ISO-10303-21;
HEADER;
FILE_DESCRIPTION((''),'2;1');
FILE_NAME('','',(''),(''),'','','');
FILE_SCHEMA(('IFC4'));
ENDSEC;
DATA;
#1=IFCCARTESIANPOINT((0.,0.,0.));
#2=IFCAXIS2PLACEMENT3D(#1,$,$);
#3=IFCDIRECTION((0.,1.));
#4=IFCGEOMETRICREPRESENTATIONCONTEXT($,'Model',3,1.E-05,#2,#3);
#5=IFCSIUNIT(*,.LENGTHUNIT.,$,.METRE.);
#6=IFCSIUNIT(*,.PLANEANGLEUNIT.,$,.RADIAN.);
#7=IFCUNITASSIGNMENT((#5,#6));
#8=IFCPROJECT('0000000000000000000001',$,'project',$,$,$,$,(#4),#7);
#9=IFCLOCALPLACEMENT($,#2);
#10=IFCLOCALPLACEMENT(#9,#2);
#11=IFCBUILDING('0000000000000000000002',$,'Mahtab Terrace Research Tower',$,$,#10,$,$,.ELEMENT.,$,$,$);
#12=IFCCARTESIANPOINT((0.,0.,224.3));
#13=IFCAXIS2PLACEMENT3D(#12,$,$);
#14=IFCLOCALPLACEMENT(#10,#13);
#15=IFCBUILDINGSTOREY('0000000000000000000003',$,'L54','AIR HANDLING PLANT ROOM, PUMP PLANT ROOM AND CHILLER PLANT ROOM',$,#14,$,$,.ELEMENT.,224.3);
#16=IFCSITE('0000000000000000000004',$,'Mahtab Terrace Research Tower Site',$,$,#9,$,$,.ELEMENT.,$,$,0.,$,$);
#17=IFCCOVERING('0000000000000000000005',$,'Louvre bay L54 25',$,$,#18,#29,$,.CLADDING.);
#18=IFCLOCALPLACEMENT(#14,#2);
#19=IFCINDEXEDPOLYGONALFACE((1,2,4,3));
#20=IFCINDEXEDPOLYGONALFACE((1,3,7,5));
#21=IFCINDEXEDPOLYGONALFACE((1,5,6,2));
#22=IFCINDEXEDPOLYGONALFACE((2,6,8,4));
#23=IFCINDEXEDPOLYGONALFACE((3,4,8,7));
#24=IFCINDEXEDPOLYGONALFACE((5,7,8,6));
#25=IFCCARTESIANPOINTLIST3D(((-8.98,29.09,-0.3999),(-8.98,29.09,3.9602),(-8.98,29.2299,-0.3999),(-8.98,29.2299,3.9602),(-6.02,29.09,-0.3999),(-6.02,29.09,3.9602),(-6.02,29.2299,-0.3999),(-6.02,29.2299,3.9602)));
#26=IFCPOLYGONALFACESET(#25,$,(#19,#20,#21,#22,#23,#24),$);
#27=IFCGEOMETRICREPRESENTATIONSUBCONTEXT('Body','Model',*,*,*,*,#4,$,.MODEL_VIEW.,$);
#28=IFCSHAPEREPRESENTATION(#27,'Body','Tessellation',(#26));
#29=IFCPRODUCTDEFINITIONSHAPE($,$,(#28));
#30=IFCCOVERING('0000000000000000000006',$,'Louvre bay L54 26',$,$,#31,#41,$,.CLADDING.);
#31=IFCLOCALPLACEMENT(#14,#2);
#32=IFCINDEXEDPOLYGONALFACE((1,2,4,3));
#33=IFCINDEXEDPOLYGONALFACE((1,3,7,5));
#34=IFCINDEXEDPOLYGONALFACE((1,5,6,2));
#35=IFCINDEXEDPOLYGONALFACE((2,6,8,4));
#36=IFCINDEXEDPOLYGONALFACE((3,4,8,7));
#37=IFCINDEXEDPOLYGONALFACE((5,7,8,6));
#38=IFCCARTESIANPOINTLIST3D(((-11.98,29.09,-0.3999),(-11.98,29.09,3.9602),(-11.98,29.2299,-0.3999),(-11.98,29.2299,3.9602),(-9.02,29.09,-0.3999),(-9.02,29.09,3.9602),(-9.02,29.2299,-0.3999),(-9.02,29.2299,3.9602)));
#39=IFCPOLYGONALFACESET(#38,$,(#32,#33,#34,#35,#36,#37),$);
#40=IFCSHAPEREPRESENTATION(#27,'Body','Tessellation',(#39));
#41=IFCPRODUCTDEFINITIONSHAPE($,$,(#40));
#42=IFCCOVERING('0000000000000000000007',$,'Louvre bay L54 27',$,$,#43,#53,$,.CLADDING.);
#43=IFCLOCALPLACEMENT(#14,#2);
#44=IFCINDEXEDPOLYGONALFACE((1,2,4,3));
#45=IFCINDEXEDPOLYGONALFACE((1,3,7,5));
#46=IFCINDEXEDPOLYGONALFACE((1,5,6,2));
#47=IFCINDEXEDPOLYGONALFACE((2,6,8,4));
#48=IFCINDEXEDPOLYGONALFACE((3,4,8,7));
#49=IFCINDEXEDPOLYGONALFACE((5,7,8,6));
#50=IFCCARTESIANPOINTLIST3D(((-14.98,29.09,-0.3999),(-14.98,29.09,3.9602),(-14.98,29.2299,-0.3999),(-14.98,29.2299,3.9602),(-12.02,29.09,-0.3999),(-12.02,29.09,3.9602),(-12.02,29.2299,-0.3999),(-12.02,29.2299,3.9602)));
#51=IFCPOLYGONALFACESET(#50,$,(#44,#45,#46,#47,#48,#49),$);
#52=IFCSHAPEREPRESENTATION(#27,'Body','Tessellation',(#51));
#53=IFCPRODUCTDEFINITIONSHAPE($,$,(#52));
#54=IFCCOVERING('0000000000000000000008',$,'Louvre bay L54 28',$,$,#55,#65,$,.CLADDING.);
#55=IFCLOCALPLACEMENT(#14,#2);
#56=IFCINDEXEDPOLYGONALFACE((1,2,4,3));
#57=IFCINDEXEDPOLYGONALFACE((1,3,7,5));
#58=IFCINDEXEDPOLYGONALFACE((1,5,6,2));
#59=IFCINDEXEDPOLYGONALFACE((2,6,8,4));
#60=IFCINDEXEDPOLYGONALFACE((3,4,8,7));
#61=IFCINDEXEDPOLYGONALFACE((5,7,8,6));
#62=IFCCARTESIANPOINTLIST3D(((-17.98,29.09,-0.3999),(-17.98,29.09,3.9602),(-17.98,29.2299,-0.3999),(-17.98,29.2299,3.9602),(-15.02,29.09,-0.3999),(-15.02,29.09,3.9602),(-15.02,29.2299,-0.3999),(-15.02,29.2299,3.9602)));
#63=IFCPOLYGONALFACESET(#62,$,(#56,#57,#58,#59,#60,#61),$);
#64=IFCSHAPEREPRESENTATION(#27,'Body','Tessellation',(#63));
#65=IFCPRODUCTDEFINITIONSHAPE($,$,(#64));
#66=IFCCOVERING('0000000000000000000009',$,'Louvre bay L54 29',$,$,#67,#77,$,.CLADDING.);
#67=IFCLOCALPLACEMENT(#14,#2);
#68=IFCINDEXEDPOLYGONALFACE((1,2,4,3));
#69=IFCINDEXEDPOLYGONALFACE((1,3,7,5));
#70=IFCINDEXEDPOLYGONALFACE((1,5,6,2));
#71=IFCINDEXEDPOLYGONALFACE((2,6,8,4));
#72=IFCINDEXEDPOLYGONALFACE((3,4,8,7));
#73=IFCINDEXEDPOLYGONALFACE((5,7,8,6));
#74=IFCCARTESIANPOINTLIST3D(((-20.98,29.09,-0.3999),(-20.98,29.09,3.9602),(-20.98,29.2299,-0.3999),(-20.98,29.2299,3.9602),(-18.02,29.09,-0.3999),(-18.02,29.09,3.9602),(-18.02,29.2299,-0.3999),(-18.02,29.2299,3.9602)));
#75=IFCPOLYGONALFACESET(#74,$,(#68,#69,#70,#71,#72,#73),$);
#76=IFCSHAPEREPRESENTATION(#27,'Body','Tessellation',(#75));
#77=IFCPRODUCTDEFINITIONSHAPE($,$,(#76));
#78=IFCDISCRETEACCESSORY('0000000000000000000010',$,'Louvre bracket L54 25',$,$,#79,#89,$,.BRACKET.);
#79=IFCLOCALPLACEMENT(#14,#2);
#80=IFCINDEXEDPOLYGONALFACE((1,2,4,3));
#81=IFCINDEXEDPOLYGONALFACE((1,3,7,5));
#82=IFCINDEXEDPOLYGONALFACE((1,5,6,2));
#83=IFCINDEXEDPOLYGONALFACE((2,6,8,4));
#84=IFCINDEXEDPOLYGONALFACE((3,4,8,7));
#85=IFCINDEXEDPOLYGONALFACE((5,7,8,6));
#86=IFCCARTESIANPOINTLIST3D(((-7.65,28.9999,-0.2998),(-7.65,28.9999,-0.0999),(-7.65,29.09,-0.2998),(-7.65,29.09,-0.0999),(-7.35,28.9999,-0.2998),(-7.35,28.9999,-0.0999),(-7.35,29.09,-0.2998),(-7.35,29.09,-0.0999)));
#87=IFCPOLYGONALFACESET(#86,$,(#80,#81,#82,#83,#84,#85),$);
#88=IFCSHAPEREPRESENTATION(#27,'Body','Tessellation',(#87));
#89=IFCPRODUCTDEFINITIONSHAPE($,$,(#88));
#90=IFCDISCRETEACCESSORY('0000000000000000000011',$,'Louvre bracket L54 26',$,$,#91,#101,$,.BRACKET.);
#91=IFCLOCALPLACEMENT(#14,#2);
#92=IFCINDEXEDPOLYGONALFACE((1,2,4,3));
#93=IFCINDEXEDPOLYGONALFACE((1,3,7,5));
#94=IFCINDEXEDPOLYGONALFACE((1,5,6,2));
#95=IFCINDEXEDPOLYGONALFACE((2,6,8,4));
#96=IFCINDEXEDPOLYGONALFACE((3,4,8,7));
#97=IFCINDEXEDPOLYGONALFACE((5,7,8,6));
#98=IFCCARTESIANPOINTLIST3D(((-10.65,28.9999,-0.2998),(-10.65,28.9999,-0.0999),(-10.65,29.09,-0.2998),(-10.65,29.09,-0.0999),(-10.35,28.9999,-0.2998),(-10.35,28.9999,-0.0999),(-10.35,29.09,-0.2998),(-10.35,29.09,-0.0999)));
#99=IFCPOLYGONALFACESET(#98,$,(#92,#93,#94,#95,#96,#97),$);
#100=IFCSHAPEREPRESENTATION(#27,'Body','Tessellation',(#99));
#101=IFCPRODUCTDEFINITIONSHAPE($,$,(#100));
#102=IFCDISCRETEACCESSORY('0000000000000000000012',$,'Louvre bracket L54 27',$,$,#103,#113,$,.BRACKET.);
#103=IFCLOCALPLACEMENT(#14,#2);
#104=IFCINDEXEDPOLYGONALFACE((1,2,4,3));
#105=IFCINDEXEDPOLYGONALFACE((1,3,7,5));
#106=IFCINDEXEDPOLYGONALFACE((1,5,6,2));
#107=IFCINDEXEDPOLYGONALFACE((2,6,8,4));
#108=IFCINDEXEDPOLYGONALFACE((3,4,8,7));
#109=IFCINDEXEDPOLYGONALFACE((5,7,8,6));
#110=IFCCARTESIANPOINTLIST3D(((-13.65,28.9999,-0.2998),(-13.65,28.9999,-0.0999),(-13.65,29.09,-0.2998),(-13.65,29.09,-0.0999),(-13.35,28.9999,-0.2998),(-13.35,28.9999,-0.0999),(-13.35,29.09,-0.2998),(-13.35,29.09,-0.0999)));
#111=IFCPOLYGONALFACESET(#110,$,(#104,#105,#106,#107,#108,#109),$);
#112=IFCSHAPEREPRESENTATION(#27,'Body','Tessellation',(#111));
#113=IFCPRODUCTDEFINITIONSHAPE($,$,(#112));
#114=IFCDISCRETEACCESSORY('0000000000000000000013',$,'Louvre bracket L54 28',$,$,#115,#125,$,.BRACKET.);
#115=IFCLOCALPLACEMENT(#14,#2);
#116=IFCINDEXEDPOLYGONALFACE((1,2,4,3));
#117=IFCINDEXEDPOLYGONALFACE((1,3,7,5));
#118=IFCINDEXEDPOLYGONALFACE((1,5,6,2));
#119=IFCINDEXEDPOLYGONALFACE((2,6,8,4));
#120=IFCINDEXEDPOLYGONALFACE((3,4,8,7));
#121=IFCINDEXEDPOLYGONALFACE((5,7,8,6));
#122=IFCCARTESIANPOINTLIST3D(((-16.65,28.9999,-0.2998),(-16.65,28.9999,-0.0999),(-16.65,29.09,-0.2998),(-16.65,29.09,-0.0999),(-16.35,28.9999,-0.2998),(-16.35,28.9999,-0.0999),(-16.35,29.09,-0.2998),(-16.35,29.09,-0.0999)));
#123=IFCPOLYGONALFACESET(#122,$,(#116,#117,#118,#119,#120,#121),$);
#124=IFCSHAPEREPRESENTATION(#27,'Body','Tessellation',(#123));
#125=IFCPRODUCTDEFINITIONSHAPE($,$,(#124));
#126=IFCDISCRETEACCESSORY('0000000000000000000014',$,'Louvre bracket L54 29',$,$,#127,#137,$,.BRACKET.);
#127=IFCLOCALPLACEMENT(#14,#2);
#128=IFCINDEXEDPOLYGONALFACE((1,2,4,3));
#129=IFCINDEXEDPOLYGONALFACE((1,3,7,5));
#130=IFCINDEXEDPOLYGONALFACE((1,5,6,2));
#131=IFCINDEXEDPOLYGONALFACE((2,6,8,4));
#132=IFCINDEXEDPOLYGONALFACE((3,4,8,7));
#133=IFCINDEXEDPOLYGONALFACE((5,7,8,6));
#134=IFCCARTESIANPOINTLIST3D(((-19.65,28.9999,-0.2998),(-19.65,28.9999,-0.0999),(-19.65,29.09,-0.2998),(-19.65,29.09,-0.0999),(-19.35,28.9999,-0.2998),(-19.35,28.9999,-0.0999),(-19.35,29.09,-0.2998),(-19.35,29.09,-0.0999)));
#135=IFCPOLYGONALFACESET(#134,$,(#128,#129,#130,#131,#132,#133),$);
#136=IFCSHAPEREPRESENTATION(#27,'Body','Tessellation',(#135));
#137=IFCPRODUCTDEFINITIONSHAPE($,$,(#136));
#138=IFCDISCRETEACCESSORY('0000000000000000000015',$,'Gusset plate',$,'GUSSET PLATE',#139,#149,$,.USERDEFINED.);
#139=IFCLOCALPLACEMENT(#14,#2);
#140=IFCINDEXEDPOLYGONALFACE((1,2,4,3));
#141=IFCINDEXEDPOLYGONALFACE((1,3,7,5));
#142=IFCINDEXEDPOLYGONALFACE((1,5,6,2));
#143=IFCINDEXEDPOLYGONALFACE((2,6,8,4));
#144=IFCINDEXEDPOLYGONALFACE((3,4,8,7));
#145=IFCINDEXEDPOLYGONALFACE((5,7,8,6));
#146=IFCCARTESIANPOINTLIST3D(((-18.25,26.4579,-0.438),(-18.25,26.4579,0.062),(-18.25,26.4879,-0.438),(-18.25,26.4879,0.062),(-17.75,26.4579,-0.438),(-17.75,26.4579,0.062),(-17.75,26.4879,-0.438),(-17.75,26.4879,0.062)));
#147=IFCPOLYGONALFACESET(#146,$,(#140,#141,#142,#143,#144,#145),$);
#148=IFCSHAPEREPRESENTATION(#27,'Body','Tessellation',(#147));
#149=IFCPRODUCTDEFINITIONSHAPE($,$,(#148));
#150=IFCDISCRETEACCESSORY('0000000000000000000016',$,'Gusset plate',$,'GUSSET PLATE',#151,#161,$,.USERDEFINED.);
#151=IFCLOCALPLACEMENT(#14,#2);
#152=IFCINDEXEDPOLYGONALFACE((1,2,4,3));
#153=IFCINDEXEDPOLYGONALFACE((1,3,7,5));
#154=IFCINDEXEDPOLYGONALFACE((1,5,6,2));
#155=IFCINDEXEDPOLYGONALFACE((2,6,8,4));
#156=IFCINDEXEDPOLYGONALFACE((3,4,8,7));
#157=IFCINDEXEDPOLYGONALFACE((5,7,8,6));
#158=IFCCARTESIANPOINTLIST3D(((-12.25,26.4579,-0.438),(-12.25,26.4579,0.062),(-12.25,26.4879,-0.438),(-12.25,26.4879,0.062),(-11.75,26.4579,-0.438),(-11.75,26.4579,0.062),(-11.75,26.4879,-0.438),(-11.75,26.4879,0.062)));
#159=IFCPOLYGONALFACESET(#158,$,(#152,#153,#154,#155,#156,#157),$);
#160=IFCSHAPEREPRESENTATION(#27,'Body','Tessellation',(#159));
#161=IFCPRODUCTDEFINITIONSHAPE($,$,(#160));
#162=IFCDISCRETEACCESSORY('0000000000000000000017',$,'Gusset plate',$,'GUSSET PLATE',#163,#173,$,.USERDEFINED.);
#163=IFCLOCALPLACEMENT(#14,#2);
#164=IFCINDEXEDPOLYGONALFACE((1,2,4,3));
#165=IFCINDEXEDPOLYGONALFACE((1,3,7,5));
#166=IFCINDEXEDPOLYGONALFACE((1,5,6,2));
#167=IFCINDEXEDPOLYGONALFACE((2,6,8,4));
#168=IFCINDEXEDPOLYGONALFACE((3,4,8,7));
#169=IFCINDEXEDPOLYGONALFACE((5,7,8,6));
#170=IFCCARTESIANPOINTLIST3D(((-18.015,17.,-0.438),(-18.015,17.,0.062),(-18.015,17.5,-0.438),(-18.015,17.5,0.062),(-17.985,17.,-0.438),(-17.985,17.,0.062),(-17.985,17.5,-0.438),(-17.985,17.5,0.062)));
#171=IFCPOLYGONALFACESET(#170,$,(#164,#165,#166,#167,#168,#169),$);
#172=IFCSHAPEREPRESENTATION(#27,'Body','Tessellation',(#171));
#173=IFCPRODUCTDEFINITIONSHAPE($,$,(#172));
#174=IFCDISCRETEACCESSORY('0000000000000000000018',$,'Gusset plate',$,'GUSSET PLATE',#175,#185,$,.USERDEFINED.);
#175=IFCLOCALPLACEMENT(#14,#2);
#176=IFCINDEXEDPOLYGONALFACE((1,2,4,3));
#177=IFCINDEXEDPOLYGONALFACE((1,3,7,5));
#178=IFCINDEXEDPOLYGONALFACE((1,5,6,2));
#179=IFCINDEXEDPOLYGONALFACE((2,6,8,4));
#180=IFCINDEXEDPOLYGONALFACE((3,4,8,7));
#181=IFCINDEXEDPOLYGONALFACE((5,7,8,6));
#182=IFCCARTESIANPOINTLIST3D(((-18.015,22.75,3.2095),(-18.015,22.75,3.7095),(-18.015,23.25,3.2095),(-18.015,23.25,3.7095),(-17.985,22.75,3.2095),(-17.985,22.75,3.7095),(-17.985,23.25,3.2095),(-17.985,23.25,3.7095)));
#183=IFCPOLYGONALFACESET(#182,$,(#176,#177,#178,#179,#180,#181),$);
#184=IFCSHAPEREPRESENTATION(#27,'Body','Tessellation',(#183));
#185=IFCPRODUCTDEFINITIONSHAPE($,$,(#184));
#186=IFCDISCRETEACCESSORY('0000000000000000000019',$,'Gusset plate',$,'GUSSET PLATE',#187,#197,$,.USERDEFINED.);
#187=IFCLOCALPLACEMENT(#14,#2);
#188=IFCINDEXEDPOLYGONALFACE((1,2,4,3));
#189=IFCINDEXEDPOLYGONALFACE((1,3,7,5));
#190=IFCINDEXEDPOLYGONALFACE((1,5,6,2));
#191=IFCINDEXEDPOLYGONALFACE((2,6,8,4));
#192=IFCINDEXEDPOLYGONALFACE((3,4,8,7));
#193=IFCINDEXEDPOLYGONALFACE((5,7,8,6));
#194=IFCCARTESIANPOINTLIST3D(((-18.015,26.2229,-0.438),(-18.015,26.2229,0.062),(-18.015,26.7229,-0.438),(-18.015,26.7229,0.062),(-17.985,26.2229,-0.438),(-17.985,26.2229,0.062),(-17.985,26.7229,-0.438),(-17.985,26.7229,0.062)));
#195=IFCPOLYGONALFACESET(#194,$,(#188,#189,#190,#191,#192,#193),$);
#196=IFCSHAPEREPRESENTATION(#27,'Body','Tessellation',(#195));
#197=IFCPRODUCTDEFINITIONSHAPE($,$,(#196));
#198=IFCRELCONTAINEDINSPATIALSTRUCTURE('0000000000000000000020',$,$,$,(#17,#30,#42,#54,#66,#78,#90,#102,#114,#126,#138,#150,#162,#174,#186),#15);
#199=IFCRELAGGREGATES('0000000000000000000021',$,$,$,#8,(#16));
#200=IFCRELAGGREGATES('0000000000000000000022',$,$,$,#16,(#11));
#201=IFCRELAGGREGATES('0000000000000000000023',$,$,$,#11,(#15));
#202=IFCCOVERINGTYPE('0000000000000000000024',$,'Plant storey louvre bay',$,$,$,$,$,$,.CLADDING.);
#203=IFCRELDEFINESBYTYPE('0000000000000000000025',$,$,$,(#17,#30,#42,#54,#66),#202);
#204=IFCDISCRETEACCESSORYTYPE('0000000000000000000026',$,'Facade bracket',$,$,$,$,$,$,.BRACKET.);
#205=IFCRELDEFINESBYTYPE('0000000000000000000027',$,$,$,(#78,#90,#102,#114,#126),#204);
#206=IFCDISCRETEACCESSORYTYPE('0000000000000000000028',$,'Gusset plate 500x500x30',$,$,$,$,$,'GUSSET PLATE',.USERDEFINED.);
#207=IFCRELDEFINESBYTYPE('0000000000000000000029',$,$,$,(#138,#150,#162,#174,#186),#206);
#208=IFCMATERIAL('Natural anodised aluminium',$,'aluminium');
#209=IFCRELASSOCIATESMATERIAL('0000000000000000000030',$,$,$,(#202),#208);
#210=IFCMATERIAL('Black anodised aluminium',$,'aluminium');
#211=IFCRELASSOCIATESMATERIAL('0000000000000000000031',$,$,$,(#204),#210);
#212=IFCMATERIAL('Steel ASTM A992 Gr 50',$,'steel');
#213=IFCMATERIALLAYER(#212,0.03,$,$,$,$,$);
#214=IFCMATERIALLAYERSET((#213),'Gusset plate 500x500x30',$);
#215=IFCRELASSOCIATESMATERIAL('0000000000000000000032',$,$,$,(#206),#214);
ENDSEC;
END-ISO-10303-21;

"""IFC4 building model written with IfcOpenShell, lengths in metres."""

from ifc_helpers import new_model, si_unit, direction, frame, origin, origin_2d, place, context, subcontext, project, spatial, rectangle, extrude, material, layer, layer_set, type_object, element, save


model = new_model("IFC4")

# Units and contexts
model_context = context("Model", 3, precision=1e-05, world=origin(), true_north=direction((0.0, 1.0)))
body_context = subcontext(model_context, "Body", "Model", "MODEL_VIEW")
ifc_project = project(units=[si_unit("LENGTHUNIT", "METRE"), si_unit("PLANEANGLEUNIT", "RADIAN")], contexts=[model_context])

# Site, building, storey
site_placement = place(None, origin())
site = spatial("IfcSite", under=ifc_project, at=site_placement, Name="Mahtab Terrace Research Tower Site", CompositionType="ELEMENT", RefElevation=0.0)
building_placement = place(site_placement, origin())
building = spatial("IfcBuilding", under=site, at=building_placement, Name="Mahtab Terrace Research Tower", CompositionType="ELEMENT")
storey_placement = place(building_placement, frame((0.0, 0.0, 224.3)))
storey = spatial("IfcBuildingStorey", under=building, at=storey_placement, Name="L54", Description="AIR HANDLING PLANT ROOM, PUMP PLANT ROOM AND CHILLER PLANT ROOM", CompositionType="ELEMENT", Elevation=224.3)

# Shared definitions
ifc_material_1 = material(Name="Steel ASTM A992 Gr 50", Category="steel")

# Coverings
ifc_material_2 = material(Name="Natural anodised aluminium", Category="aluminium")
covering_type = type_object("IfcCoveringType", Name="Plant storey louvre bay", PredefinedType="CLADDING", material=ifc_material_2)
for number, where, z_axis, x_axis, name in (
    (1, (-7.5, 29.1599, -0.3999), (0.0, 0.0, 1.0), (-1.0, 0.0, 0.0), "Louvre bay L54 25"),
    (2, (-10.5, 29.1599, -0.3999), (0.0, 0.0, 1.0), (-1.0, 0.0, 0.0), "Louvre bay L54 26"),
    (3, (-13.5, 29.1599, -0.3999), (0.0, 0.0, 1.0), (-1.0, 0.0, 0.0), "Louvre bay L54 27"),
    (4, (-16.5, 29.1599, -0.3999), (0.0, 0.0, 1.0), (-1.0, 0.0, 0.0), "Louvre bay L54 28"),
    (5, (-19.5, 29.1599, -0.3999), (0.0, 0.0, 1.0), (-1.0, 0.0, 0.0), "Louvre bay L54 29"),
):
    element("IfcCovering", number, at=place(storey_placement, frame(where, z_axis=z_axis, x_axis=x_axis)), inside=storey, type_object=covering_type, Name=name, PredefinedType="CLADDING", context=body_context, shape_type="SweptSolid", body=[
        extrude(rectangle(XDim=2.96, YDim=0.1399, at=origin_2d()), origin(), (0.0, 0.0, 1.0), 4.3601),
    ])

# Discrete accessories
ifc_material_3 = material(Name="Black anodised aluminium", Category="aluminium")
discrete_accessory_type_1 = type_object("IfcDiscreteAccessoryType", Name="Facade bracket", PredefinedType="BRACKET", material=ifc_material_3)
for number, where, z_axis, x_axis, name in (
    (6, (-7.5, 29.0449, -0.2998), (0.0, 0.0, 1.0), (-1.0, 0.0, 0.0), "Louvre bracket L54 25"),
    (7, (-10.5, 29.0449, -0.2998), (0.0, 0.0, 1.0), (-1.0, 0.0, 0.0), "Louvre bracket L54 26"),
    (8, (-13.5, 29.0449, -0.2998), (0.0, 0.0, 1.0), (-1.0, 0.0, 0.0), "Louvre bracket L54 27"),
    (9, (-16.5, 29.0449, -0.2998), (0.0, 0.0, 1.0), (-1.0, 0.0, 0.0), "Louvre bracket L54 28"),
    (10, (-19.5, 29.0449, -0.2998), (0.0, 0.0, 1.0), (-1.0, 0.0, 0.0), "Louvre bracket L54 29"),
):
    element("IfcDiscreteAccessory", number, at=place(storey_placement, frame(where, z_axis=z_axis, x_axis=x_axis)), inside=storey, type_object=discrete_accessory_type_1, Name=name, PredefinedType="BRACKET", context=body_context, shape_type="SweptSolid", body=[
        extrude(rectangle(XDim=0.3, YDim=0.0901, at=origin_2d()), origin(), (0.0, 0.0, 1.0), 0.2),
    ])
ifc_layer_1 = layer(ifc_material_1, 0.03)
ifc_layer_set_1 = layer_set([ifc_layer_1], Name="Gusset plate 500x500x30")
discrete_accessory_type_2 = type_object("IfcDiscreteAccessoryType", Name="Gusset plate 500x500x30", ElementType="GUSSET PLATE", PredefinedType="USERDEFINED", material=ifc_layer_set_1)
for number, where, z_axis, x_axis, name in (
    (11, (-18.0, 26.4729, -0.438), (0.0, 0.0, 1.0), (1.0, 0.0, 0.0), "Gusset plate"),
    (12, (-12.0, 26.4729, -0.438), (0.0, 0.0, 1.0), (1.0, 0.0, 0.0), "Gusset plate"),
    (13, (-18.0, 17.25, -0.438), (0.0, 0.0, 1.0), (0.0, 1.0, 0.0), "Gusset plate"),
    (14, (-18.0, 23.0, 3.2095), (0.0, 0.0, 1.0), (0.0, 1.0, 0.0), "Gusset plate"),
    (15, (-18.0, 26.4729, -0.438), (0.0, 0.0, 1.0), (0.0, 1.0, 0.0), "Gusset plate"),
):
    element("IfcDiscreteAccessory", number, at=place(storey_placement, frame(where, z_axis=z_axis, x_axis=x_axis)), inside=storey, type_object=discrete_accessory_type_2, Name=name, ObjectType="GUSSET PLATE", PredefinedType="USERDEFINED", context=body_context, shape_type="SweptSolid", body=[
        extrude(rectangle(XDim=0.5, YDim=0.03, at=origin_2d()), origin(), (0.0, 0.0, 1.0), 0.5),
    ])

save(model, "model.ifc")
